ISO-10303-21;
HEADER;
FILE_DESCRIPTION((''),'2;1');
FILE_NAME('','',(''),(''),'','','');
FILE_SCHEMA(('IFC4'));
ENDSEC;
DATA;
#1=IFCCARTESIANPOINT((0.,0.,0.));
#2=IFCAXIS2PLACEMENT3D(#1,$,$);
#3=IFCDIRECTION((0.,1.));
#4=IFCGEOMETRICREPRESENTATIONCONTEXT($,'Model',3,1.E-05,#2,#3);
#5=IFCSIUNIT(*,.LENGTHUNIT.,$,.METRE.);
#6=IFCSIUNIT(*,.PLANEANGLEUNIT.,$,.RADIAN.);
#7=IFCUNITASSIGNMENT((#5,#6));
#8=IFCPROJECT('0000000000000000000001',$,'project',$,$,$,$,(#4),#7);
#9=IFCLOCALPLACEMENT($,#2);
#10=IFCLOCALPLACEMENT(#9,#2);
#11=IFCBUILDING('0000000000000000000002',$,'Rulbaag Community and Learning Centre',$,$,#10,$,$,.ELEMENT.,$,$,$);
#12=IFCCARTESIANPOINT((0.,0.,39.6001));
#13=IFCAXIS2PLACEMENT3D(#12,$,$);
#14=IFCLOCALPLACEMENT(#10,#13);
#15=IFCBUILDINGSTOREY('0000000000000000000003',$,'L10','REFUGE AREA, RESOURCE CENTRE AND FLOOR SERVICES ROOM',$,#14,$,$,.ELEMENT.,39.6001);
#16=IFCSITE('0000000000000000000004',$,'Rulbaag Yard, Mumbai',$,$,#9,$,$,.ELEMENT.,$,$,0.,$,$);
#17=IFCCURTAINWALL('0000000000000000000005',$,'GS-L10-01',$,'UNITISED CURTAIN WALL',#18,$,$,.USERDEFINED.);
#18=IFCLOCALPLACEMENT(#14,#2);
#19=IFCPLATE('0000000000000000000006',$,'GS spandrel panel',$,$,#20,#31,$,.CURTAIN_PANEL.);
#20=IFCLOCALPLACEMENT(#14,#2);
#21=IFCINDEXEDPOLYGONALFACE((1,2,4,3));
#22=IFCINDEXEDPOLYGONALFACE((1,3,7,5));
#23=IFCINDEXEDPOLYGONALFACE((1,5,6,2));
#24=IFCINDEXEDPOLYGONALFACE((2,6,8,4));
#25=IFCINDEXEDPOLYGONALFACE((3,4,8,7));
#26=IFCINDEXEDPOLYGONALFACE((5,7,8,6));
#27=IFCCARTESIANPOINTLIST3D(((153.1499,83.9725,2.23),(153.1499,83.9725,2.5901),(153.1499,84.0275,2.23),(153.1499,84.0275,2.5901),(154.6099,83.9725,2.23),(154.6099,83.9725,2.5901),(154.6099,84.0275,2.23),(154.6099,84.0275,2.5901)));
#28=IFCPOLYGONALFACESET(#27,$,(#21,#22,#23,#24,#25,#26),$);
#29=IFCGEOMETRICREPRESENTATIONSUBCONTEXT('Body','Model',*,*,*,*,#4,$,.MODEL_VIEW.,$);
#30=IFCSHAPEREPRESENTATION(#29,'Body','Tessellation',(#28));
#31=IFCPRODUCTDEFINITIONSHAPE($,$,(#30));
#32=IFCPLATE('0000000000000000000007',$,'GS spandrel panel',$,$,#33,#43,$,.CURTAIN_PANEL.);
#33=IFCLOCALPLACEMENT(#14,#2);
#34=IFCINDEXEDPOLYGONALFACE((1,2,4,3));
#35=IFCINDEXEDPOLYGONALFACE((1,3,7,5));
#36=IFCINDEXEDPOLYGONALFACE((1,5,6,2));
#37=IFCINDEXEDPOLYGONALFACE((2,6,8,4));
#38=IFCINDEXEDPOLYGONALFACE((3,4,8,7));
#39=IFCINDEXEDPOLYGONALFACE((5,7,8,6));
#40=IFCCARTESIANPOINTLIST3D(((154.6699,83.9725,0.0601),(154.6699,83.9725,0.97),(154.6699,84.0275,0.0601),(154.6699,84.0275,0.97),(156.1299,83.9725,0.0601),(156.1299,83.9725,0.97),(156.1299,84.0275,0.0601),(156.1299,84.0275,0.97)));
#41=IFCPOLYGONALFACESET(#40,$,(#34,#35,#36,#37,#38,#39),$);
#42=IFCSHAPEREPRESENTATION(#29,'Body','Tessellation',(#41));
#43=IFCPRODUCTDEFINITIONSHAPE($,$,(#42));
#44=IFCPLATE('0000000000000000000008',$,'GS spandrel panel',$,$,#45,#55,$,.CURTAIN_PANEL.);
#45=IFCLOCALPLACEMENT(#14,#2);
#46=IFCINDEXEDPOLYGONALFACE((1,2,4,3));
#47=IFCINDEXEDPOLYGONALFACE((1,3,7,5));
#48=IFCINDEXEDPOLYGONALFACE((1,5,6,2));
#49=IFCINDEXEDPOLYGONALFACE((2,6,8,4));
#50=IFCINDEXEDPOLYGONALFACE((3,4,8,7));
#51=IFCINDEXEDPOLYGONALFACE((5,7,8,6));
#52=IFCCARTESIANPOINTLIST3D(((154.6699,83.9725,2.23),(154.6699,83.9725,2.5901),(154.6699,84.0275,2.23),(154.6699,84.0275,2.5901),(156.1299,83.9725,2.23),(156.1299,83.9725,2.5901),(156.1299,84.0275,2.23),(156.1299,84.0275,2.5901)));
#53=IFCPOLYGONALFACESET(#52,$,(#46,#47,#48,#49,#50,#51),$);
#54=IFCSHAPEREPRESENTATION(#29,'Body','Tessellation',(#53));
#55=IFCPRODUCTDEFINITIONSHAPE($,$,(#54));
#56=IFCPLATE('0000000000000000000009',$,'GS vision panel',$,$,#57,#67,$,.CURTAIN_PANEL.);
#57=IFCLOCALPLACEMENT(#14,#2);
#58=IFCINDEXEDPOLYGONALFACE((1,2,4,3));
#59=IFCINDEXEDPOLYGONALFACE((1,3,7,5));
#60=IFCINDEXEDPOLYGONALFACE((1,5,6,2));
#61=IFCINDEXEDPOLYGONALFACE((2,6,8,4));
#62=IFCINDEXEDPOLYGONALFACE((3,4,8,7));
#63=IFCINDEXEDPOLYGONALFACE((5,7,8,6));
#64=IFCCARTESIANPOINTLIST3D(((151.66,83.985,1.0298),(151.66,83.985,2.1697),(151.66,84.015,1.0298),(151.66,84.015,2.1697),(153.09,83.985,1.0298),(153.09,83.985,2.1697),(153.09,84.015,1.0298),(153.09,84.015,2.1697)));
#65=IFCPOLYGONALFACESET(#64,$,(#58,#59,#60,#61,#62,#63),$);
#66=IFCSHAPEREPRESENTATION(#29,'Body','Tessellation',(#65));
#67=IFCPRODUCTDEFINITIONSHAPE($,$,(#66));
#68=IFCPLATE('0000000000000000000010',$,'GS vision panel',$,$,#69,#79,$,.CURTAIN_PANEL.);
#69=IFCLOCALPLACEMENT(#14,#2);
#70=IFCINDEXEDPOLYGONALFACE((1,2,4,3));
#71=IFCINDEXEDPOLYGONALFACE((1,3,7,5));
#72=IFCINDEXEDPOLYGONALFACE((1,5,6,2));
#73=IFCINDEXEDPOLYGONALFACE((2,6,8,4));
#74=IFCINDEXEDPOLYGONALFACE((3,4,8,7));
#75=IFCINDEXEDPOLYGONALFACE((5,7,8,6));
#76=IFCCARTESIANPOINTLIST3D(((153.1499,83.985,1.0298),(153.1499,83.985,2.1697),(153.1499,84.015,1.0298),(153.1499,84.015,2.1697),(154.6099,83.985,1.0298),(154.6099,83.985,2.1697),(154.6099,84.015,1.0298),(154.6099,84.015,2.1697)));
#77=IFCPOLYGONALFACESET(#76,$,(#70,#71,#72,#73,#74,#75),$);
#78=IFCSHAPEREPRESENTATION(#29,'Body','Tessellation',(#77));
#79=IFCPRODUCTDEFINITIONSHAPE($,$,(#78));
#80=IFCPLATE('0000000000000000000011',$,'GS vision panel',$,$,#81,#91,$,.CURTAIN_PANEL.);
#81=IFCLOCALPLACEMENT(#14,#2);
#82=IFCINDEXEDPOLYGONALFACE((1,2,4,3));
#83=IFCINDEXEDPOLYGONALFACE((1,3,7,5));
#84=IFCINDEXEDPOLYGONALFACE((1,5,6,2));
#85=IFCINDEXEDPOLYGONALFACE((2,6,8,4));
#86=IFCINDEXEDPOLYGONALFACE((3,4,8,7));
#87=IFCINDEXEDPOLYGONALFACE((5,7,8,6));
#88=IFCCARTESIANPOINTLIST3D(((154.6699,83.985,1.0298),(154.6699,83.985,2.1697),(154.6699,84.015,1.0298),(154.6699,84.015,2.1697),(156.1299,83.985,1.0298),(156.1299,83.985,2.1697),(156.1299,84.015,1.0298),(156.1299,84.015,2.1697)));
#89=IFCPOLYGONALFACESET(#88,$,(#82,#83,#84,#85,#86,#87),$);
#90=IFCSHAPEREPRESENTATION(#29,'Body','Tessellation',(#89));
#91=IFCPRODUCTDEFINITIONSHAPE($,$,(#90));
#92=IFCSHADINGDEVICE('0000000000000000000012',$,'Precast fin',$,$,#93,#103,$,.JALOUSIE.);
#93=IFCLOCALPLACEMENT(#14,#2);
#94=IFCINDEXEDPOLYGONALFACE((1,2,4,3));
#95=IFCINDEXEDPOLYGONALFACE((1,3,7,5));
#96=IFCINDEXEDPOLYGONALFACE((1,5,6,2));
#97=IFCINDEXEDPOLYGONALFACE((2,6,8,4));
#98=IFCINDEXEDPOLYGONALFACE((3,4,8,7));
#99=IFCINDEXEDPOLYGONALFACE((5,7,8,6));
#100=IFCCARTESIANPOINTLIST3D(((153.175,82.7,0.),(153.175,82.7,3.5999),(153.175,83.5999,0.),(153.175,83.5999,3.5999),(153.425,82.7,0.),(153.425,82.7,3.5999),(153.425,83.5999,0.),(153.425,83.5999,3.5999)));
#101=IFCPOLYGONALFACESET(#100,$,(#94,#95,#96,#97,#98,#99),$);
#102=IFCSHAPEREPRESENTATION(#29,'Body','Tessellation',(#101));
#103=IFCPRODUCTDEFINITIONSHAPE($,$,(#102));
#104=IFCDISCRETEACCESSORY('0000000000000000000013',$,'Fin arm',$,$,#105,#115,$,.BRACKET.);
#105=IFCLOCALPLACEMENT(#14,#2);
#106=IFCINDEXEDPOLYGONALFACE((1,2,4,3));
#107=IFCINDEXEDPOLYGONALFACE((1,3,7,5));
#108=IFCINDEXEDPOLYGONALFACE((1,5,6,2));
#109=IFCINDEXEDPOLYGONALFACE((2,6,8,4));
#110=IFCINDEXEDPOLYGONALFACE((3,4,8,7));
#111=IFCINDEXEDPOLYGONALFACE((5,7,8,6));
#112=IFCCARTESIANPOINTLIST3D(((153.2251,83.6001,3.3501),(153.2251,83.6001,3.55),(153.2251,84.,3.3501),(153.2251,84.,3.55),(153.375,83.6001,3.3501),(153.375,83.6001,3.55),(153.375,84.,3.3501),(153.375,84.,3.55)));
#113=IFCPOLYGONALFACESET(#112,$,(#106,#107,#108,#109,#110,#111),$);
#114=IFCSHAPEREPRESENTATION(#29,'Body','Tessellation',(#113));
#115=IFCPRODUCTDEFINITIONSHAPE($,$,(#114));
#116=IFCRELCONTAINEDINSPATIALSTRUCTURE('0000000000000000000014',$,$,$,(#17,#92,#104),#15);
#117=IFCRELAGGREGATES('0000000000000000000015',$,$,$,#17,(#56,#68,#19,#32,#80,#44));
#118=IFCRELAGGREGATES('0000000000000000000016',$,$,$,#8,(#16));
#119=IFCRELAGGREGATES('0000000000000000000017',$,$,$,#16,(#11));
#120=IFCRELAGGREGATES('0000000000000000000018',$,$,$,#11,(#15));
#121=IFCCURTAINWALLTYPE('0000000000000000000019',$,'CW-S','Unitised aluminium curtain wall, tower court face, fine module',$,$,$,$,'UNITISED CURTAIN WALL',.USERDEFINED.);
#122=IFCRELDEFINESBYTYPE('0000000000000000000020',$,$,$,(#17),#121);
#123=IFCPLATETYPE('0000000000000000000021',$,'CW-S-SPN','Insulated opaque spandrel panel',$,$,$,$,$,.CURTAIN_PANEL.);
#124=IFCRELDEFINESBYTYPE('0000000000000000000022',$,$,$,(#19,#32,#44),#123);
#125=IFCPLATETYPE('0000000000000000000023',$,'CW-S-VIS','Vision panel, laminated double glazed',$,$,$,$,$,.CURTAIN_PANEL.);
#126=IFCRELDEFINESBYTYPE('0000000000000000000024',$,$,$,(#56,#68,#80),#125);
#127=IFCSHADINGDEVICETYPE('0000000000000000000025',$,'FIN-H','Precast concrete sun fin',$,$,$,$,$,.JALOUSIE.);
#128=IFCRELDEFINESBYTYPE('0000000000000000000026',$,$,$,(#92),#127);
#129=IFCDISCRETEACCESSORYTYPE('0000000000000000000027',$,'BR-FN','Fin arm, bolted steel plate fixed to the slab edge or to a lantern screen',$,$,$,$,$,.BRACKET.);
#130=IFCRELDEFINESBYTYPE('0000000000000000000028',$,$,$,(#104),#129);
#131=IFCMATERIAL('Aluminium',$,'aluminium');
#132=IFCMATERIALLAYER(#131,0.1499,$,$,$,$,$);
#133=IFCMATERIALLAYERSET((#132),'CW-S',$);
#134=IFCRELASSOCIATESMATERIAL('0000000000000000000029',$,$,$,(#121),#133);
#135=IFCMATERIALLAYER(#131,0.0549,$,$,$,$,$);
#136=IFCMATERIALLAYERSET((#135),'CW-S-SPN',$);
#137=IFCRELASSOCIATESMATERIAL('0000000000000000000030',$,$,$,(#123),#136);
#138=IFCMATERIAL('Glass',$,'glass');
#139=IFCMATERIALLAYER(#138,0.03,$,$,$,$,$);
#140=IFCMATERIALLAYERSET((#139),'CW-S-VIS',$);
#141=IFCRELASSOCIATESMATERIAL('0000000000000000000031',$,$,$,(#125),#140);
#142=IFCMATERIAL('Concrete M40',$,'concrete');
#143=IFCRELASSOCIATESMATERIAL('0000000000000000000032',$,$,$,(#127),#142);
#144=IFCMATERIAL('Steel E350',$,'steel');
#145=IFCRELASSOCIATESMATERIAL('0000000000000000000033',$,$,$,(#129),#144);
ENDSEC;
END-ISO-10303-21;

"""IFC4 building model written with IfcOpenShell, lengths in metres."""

from ifc_helpers import new_model, si_unit, direction, frame, origin, origin_2d, place, context, subcontext, project, spatial, rectangle, extrude, material, layer, layer_set, material_profile, profile_set, type_object, element, aggregate, save


model = new_model("IFC4")

# Units and contexts
model_context = context("Model", 3, precision=1e-05, world=origin(), true_north=direction((0.0, 1.0)))
body_context = subcontext(model_context, "Body", "Model", "MODEL_VIEW")
ifc_project = project(units=[si_unit("LENGTHUNIT", "METRE"), si_unit("PLANEANGLEUNIT", "RADIAN")], contexts=[model_context])

# Site, building, storey
site_placement = place(None, origin())
site = spatial("IfcSite", under=ifc_project, at=site_placement, Name="Rulbaag Yard, Mumbai", CompositionType="ELEMENT", RefElevation=0.0)
building_placement = place(site_placement, origin())
building = spatial("IfcBuilding", under=site, at=building_placement, Name="Rulbaag Community and Learning Centre", CompositionType="ELEMENT")
storey_placement = place(building_placement, frame((0.0, 0.0, 39.6001)))
storey = spatial("IfcBuildingStorey", under=building, at=storey_placement, Name="L10", Description="REFUGE AREA, RESOURCE CENTRE AND FLOOR SERVICES ROOM", CompositionType="ELEMENT", Elevation=39.6001)

# Curtain wall, plates
ifc_material_1 = material(Name="Aluminium", Category="aluminium")
ifc_layer_1 = layer(ifc_material_1, 0.1499)
ifc_layer_set_1 = layer_set([ifc_layer_1], Name="CW-S")
curtain_wall_type = type_object("IfcCurtainWallType", Name="CW-S", Description="Unitised aluminium curtain wall, tower court face, fine module", ElementType="UNITISED CURTAIN WALL", PredefinedType="USERDEFINED", material=ifc_layer_set_1)
curtain_wall_placement = place(storey_placement, origin())
curtain_wall = element("IfcCurtainWall", 1, at=curtain_wall_placement, inside=storey, type_object=curtain_wall_type, Name="GS-L10-01", ObjectType="UNITISED CURTAIN WALL", PredefinedType="USERDEFINED")
ifc_layer_2 = layer(ifc_material_1, 0.0549)
ifc_layer_set_2 = layer_set([ifc_layer_2], Name="CW-S-SPN")
plate_type_1 = type_object("IfcPlateType", Name="CW-S-SPN", Description="Insulated opaque spandrel panel", PredefinedType="CURTAIN_PANEL", material=ifc_layer_set_2)
plate_1_placement = place(storey_placement, frame((153.8799, 84.0, 2.23), z_axis=(0.0, 0.0, 1.0), x_axis=(1.0, 0.0, 0.0)))
plate_1 = element("IfcPlate", 2, at=plate_1_placement, type_object=plate_type_1, Name="GS spandrel panel", PredefinedType="CURTAIN_PANEL", context=body_context, shape_type="SweptSolid", body=[
    extrude(rectangle(XDim=1.46, YDim=0.0549, at=origin_2d()), origin(), (0.0, 0.0, 1.0), 0.3601),
])
plate_2_placement = place(storey_placement, frame((155.3999, 84.0, 0.0601), z_axis=(0.0, 0.0, 1.0), x_axis=(1.0, 0.0, 0.0)))
plate_2 = element("IfcPlate", 3, at=plate_2_placement, type_object=plate_type_1, Name="GS spandrel panel", PredefinedType="CURTAIN_PANEL", context=body_context, shape_type="SweptSolid", body=[
    extrude(rectangle(XDim=1.46, YDim=0.0549, at=origin_2d()), origin(), (0.0, 0.0, 1.0), 0.9099),
])
plate_3_placement = place(storey_placement, frame((155.3999, 84.0, 2.23), z_axis=(0.0, 0.0, 1.0), x_axis=(1.0, 0.0, 0.0)))
plate_3 = element("IfcPlate", 4, at=plate_3_placement, type_object=plate_type_1, Name="GS spandrel panel", PredefinedType="CURTAIN_PANEL", context=body_context, shape_type="SweptSolid", body=[
    extrude(rectangle(XDim=1.46, YDim=0.0549, at=origin_2d()), origin(), (0.0, 0.0, 1.0), 0.3601),
])
ifc_material_2 = material(Name="Glass", Category="glass")
ifc_layer_3 = layer(ifc_material_2, 0.03)
ifc_layer_set_3 = layer_set([ifc_layer_3], Name="CW-S-VIS")
plate_type_2 = type_object("IfcPlateType", Name="CW-S-VIS", Description="Vision panel, laminated double glazed", PredefinedType="CURTAIN_PANEL", material=ifc_layer_set_3)
plate_4_placement = place(storey_placement, frame((152.375, 84.0, 1.0298), z_axis=(0.0, 0.0, 1.0), x_axis=(1.0, 0.0, 0.0)))
plate_4 = element("IfcPlate", 5, at=plate_4_placement, type_object=plate_type_2, Name="GS vision panel", PredefinedType="CURTAIN_PANEL", context=body_context, shape_type="SweptSolid", body=[
    extrude(rectangle(XDim=1.4299, YDim=0.03, at=origin_2d()), origin(), (0.0, 0.0, 1.0), 1.1399),
])
plate_5_placement = place(storey_placement, frame((153.8799, 84.0, 1.0298), z_axis=(0.0, 0.0, 1.0), x_axis=(1.0, 0.0, 0.0)))
plate_5 = element("IfcPlate", 6, at=plate_5_placement, type_object=plate_type_2, Name="GS vision panel", PredefinedType="CURTAIN_PANEL", context=body_context, shape_type="SweptSolid", body=[
    extrude(rectangle(XDim=1.46, YDim=0.03, at=origin_2d()), origin(), (0.0, 0.0, 1.0), 1.1399),
])
plate_6_placement = place(storey_placement, frame((155.3999, 84.0, 1.0298), z_axis=(0.0, 0.0, 1.0), x_axis=(1.0, 0.0, 0.0)))
plate_6 = element("IfcPlate", 7, at=plate_6_placement, type_object=plate_type_2, Name="GS vision panel", PredefinedType="CURTAIN_PANEL", context=body_context, shape_type="SweptSolid", body=[
    extrude(rectangle(XDim=1.46, YDim=0.03, at=origin_2d()), origin(), (0.0, 0.0, 1.0), 1.1399),
])
aggregate(curtain_wall, [plate_4, plate_5, plate_1, plate_2, plate_6, plate_3])

# Shading device
ifc_material_3 = material(Name="Concrete M40", Category="concrete")
ifc_material_profile_1 = material_profile(ifc_material_3, rectangle(XDim=0.25, YDim=0.8999, at=origin_2d()), Name="PC 250x900")
ifc_profile_set_1 = profile_set([ifc_material_profile_1], Name="Concrete M40")
shading_device_type_1 = type_object("IfcShadingDeviceType", Name="FIN-H", Description="Precast concrete sun fin", PredefinedType="JALOUSIE", material=ifc_profile_set_1)
shading_device_1_placement = place(storey_placement, frame((153.3, 83.1499, 0.0), z_axis=(0.0, 0.0, 1.0), x_axis=(1.0, 0.0, 0.0)))
element("IfcShadingDevice", 8, at=shading_device_1_placement, inside=storey, type_object=shading_device_type_1, Name="Precast fin", PredefinedType="JALOUSIE", context=body_context, shape_type="SweptSolid", body=[
    extrude(rectangle(XDim=0.25, YDim=0.8999, at=origin_2d()), origin(), (0.0, 0.0, 1.0), 3.5999),
])

# Discrete accessory
ifc_material_4 = material(Name="Steel E350", Category="steel")
discrete_accessory_type = type_object("IfcDiscreteAccessoryType", Name="BR-FN", Description="Fin arm, bolted steel plate fixed to the slab edge or to a lantern screen", PredefinedType="BRACKET", material=ifc_material_4)
discrete_accessory_placement = place(storey_placement, frame((153.3, 83.8, 3.3501), z_axis=(0.0, 0.0, 1.0), x_axis=(1.0, 0.0, 0.0)))
element("IfcDiscreteAccessory", 9, at=discrete_accessory_placement, inside=storey, type_object=discrete_accessory_type, Name="Fin arm", PredefinedType="BRACKET", context=body_context, shape_type="SweptSolid", body=[
    extrude(rectangle(XDim=0.1499, YDim=0.3999, at=origin_2d()), origin(), (0.0, 0.0, 1.0), 0.2),
])

save(model, "model.ifc")
